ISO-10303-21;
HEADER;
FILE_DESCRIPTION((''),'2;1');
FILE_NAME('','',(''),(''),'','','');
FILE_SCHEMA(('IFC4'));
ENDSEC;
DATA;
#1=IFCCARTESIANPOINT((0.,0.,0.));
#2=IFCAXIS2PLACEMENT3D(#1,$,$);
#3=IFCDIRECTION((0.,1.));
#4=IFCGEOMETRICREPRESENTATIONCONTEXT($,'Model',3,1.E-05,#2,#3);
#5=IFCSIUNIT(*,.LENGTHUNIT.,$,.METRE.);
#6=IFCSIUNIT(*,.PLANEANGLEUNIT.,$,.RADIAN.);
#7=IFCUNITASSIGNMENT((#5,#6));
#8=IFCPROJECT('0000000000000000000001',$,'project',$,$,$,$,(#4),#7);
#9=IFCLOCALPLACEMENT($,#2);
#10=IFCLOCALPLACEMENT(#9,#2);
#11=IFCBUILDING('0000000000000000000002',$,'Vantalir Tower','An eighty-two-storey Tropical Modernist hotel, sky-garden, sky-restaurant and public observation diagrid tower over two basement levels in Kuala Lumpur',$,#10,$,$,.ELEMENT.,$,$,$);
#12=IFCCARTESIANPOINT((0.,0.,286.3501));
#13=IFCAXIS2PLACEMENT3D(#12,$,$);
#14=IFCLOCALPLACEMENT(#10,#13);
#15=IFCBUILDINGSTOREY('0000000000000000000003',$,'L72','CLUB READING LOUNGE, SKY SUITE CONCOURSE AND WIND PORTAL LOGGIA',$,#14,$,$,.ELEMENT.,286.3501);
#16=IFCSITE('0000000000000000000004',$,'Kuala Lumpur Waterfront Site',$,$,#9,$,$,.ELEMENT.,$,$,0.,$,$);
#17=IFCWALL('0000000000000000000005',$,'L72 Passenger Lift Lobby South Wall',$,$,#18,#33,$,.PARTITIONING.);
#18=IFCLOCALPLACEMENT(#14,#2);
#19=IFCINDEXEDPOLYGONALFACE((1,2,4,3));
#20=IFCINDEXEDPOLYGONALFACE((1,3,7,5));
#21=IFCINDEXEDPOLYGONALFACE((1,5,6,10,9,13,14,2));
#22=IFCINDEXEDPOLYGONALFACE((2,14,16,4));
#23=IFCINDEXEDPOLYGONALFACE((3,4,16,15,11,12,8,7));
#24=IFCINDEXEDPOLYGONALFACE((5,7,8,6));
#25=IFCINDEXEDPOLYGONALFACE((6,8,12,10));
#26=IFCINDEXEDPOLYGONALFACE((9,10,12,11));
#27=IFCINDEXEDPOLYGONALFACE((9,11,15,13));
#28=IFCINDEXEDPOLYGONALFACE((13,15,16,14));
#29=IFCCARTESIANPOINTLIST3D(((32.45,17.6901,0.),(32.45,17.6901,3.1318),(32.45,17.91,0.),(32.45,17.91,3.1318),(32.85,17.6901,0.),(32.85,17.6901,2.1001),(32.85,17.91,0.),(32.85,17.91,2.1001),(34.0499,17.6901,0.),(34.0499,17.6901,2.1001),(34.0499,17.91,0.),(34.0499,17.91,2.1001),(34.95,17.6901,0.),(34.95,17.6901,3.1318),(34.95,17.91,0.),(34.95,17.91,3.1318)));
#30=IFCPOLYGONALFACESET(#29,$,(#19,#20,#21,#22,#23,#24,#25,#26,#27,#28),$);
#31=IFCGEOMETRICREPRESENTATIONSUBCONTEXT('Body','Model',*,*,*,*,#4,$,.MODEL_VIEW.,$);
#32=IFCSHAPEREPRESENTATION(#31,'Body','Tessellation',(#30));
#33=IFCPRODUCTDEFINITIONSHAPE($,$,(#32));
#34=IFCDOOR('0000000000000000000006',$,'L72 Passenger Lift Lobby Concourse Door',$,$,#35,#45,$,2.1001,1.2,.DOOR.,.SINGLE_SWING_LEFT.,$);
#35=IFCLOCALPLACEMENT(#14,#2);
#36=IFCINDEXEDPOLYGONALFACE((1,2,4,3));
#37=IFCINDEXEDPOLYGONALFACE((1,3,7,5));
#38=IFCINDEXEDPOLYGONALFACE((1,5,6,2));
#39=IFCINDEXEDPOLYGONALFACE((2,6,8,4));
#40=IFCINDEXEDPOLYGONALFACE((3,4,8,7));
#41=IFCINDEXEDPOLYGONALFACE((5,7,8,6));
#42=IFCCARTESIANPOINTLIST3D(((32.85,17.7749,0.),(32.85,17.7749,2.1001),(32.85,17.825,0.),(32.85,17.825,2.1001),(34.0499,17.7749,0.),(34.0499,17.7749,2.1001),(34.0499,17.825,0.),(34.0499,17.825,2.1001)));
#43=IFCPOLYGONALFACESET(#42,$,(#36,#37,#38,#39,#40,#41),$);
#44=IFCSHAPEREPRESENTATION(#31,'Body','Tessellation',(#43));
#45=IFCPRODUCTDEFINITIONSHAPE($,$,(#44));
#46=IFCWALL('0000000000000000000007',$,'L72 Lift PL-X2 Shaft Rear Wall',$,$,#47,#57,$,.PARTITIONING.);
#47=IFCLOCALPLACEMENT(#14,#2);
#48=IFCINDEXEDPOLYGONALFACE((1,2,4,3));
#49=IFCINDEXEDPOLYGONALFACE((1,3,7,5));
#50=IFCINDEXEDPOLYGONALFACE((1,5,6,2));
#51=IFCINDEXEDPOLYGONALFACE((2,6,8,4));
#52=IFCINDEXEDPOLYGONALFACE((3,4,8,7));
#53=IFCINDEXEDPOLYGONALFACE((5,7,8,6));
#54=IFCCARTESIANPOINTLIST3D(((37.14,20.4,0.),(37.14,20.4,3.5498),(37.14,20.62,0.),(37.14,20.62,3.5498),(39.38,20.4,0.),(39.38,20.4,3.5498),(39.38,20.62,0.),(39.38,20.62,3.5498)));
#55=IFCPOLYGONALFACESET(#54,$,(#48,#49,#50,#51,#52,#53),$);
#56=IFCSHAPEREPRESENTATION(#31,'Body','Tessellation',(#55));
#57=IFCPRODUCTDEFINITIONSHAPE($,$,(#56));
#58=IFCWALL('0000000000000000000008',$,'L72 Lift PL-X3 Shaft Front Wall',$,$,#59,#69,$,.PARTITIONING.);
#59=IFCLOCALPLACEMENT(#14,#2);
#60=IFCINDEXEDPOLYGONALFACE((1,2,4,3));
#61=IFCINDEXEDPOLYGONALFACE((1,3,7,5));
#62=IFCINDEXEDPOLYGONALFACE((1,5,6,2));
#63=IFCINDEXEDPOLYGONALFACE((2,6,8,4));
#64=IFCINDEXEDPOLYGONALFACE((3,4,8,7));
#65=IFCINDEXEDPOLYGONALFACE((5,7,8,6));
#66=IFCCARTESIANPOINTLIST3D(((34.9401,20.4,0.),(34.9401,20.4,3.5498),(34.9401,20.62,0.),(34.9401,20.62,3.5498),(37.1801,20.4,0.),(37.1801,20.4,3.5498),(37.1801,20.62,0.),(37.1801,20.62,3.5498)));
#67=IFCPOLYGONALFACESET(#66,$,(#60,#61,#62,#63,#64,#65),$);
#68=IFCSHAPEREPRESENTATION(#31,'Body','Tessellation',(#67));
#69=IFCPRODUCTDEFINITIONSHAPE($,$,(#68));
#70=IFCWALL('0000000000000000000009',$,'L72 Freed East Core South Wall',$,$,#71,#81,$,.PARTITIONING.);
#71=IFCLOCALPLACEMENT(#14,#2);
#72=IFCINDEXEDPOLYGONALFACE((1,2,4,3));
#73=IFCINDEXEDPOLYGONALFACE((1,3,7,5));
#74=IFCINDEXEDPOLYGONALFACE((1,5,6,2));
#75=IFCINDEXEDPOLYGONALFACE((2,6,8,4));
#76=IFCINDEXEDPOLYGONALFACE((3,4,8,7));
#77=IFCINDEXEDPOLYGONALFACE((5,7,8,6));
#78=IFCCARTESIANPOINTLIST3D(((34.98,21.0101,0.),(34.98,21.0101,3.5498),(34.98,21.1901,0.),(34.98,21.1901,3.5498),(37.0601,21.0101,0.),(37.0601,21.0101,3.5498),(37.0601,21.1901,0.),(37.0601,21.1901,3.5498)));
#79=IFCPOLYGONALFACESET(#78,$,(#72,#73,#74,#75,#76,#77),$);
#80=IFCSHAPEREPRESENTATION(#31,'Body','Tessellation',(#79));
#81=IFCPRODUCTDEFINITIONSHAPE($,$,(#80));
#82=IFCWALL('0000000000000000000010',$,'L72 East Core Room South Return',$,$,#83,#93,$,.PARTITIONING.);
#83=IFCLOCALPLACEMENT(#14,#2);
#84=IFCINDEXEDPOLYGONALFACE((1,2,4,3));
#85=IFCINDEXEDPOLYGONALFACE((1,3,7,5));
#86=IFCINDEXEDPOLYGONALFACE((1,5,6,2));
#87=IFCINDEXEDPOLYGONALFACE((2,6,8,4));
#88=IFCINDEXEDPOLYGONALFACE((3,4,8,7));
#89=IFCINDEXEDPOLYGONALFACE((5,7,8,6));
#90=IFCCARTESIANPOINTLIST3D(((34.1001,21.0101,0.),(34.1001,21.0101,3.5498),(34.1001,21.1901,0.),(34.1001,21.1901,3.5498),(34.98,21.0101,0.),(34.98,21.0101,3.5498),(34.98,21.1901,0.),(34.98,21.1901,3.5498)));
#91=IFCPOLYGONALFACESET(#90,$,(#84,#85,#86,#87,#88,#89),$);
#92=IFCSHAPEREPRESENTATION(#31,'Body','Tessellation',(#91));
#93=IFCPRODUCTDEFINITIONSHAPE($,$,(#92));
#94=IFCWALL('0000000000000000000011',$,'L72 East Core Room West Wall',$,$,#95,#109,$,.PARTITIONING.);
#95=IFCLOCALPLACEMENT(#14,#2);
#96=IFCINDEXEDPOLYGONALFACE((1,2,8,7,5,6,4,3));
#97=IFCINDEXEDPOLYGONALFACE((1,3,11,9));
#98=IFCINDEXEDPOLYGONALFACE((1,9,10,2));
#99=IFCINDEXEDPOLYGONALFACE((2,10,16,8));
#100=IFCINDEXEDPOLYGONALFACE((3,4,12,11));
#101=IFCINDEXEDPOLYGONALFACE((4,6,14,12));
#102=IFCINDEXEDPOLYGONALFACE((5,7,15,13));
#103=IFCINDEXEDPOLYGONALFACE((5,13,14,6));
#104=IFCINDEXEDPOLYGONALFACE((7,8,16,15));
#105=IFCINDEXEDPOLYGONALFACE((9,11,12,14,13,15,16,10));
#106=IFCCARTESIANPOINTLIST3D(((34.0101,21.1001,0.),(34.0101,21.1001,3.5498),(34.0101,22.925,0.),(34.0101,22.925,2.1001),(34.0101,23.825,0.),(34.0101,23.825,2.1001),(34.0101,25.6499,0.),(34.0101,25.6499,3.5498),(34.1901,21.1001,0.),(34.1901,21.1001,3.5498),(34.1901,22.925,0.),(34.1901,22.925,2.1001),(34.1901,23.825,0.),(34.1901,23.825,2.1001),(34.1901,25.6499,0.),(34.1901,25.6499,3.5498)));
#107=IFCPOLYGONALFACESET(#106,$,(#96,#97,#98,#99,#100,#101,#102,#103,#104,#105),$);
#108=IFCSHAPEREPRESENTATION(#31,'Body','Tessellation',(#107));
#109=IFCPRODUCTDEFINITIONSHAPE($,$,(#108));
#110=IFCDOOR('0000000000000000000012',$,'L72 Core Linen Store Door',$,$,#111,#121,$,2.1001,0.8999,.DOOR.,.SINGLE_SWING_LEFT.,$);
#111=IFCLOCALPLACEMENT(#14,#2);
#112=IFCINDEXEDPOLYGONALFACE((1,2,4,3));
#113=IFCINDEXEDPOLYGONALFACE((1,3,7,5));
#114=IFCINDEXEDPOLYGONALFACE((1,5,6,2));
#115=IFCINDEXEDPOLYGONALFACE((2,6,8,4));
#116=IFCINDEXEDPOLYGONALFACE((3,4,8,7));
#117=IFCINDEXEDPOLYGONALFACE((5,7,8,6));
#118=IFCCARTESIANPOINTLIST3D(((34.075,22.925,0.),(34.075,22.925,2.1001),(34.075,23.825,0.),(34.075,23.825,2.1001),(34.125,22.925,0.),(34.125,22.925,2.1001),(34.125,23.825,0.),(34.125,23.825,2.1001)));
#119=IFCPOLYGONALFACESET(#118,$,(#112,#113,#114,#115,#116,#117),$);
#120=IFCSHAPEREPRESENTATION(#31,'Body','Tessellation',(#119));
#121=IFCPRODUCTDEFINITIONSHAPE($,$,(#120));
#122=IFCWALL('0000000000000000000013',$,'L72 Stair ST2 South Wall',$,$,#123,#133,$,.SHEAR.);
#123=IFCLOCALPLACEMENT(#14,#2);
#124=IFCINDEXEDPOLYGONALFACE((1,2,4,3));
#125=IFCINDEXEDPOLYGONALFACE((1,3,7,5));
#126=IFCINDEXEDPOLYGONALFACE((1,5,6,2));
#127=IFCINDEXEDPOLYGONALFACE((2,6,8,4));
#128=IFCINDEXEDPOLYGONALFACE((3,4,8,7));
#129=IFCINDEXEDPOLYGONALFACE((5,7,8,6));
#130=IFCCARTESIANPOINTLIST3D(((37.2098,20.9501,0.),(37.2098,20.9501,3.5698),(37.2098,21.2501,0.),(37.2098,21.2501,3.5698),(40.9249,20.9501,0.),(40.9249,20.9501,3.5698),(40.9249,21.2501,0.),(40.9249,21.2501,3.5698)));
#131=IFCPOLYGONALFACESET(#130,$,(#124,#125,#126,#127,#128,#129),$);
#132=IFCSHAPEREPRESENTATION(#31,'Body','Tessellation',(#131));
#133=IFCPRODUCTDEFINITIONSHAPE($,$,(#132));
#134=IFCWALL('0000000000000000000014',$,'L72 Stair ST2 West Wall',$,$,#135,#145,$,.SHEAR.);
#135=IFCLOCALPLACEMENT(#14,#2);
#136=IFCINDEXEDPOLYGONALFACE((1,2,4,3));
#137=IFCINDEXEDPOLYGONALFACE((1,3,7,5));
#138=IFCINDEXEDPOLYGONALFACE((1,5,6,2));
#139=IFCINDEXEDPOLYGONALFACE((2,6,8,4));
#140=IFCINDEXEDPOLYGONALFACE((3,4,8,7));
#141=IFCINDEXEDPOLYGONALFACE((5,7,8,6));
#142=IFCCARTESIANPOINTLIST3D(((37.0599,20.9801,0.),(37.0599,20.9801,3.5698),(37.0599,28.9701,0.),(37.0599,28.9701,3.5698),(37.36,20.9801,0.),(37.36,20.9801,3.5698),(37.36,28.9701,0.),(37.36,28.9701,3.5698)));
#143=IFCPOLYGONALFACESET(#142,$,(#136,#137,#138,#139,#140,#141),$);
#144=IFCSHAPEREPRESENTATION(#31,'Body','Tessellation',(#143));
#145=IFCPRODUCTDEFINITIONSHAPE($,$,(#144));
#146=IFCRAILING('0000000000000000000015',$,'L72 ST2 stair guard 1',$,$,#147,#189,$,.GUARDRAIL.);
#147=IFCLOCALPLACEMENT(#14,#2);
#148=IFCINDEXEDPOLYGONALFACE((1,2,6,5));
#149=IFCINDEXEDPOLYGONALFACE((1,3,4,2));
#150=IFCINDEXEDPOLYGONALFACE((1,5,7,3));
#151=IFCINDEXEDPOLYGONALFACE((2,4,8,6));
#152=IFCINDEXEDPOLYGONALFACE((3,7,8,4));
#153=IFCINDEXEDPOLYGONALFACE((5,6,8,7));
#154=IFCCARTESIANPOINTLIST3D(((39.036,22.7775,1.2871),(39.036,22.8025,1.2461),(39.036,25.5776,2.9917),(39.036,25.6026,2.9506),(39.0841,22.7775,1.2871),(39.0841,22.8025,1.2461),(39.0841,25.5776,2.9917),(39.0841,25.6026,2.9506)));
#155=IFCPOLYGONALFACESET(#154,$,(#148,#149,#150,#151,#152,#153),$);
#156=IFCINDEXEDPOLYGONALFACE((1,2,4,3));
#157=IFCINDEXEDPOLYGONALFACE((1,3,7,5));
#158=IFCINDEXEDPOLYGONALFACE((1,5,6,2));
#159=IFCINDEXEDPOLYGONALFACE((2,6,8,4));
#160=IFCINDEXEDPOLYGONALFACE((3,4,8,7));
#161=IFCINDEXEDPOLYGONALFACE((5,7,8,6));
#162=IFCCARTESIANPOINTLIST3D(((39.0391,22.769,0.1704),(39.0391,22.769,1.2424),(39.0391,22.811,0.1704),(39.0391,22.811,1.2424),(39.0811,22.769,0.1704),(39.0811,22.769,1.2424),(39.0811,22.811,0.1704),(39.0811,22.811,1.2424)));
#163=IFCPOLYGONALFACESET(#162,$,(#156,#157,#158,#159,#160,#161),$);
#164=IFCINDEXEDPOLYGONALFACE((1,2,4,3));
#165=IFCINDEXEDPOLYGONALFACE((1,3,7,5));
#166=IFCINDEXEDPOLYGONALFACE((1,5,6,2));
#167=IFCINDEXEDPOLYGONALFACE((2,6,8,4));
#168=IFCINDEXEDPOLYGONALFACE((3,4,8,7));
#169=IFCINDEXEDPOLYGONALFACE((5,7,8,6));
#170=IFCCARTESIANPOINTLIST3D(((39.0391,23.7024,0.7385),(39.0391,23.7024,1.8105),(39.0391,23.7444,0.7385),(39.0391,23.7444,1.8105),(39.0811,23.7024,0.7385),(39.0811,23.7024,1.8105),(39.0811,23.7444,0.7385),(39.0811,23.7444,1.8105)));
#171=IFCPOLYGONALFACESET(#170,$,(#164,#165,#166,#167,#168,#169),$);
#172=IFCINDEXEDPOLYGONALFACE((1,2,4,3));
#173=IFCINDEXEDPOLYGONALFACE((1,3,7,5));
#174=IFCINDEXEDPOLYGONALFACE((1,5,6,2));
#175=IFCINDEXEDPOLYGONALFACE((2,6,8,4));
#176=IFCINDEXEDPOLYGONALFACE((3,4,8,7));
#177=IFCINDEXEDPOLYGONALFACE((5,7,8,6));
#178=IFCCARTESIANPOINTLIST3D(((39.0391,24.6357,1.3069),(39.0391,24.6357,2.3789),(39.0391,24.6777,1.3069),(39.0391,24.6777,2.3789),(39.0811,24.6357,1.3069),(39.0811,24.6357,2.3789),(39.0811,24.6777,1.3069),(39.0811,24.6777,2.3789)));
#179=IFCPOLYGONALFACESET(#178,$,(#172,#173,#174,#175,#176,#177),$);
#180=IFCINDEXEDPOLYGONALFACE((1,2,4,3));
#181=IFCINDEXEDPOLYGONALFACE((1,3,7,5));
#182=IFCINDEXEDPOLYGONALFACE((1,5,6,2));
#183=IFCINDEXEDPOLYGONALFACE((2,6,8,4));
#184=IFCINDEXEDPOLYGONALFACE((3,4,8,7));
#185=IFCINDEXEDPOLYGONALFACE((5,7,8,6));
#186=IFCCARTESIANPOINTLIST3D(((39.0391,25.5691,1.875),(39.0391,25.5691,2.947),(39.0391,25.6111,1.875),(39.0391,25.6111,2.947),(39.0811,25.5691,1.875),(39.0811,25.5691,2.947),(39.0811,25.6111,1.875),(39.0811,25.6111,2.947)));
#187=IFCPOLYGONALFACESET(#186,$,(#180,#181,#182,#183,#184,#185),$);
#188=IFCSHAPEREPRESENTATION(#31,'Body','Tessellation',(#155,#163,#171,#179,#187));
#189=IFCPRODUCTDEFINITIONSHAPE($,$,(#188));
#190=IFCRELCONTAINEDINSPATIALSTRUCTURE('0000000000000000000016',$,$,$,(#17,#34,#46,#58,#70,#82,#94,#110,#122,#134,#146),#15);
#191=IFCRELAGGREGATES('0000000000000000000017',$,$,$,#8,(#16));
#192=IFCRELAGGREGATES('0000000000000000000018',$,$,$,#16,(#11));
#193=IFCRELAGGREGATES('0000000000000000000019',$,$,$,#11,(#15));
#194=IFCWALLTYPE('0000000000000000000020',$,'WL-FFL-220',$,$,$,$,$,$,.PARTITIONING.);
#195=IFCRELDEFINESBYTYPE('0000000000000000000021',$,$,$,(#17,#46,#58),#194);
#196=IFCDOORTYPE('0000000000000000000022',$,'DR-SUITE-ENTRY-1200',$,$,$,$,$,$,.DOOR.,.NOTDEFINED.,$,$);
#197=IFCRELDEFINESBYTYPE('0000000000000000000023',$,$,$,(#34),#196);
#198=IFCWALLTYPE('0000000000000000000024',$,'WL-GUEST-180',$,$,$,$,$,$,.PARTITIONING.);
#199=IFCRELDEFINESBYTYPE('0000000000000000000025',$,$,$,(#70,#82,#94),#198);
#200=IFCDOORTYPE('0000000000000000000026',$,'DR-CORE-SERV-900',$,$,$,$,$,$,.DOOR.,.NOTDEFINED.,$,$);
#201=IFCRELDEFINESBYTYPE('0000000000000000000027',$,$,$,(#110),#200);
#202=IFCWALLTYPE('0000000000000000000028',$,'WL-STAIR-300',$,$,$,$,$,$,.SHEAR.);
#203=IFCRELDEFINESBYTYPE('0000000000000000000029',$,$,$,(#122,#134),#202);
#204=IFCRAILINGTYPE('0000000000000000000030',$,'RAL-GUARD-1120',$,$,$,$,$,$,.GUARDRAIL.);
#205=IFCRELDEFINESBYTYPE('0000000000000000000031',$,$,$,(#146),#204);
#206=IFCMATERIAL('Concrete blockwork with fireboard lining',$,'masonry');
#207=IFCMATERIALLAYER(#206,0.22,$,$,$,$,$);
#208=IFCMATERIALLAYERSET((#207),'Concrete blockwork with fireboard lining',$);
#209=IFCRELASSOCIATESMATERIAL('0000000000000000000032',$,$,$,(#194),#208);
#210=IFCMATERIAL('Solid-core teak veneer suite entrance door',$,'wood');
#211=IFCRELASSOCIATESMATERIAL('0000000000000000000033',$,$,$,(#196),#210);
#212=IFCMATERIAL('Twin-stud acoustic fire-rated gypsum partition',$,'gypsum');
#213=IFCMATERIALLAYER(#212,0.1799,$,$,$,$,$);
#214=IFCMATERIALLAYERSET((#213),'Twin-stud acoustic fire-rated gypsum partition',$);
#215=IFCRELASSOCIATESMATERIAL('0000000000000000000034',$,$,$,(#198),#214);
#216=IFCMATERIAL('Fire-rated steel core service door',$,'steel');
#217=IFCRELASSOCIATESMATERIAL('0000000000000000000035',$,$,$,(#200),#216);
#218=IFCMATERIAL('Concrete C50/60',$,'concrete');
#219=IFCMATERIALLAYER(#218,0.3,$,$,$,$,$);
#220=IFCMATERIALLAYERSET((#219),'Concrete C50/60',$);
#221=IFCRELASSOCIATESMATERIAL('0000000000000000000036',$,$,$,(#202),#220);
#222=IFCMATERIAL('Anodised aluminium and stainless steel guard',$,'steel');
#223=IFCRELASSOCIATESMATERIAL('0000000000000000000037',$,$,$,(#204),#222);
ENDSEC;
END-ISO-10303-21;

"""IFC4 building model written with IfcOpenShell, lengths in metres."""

from ifc_helpers import new_model, si_unit, direction, frame, frame_2d, origin, origin_2d, place, context, subcontext, project, spatial, rectangle, extrude, material, layer, layer_set, type_object, element, fill, save


model = new_model("IFC4")

# Units and contexts
model_context = context("Model", 3, precision=1e-05, world=origin(), true_north=direction((0.0, 1.0)))
body_context = subcontext(model_context, "Body", "Model", "MODEL_VIEW")
ifc_project = project(units=[si_unit("LENGTHUNIT", "METRE"), si_unit("PLANEANGLEUNIT", "RADIAN")], contexts=[model_context])

# Site, building, storey
site_placement = place(None, origin())
site = spatial("IfcSite", under=ifc_project, at=site_placement, Name="Kuala Lumpur Waterfront Site", CompositionType="ELEMENT", RefElevation=0.0)
building_placement = place(site_placement, origin())
building = spatial("IfcBuilding", under=site, at=building_placement, Name="Vantalir Tower", Description="An eighty-two-storey Tropical Modernist hotel, sky-garden, sky-restaurant and public observation diagrid tower over two basement levels in Kuala Lumpur", CompositionType="ELEMENT")
storey_placement = place(building_placement, frame((0.0, 0.0, 286.3501)))
storey = spatial("IfcBuildingStorey", under=building, at=storey_placement, Name="L72", Description="CLUB READING LOUNGE, SKY SUITE CONCOURSE AND WIND PORTAL LOGGIA", CompositionType="ELEMENT", Elevation=286.3501)

# Shared definitions
ifc_material_1 = material(Name="Concrete C50/60", Category="concrete")

# Shared definitions
ifc_material_2 = material(Name="Concrete blockwork with fireboard lining", Category="masonry")
ifc_layer_1 = layer(ifc_material_2, 0.22)
ifc_layer_set_1 = layer_set([ifc_layer_1], Name="Concrete blockwork with fireboard lining")
wall_type_1 = type_object("IfcWallType", Name="WL-FFL-220", PredefinedType="PARTITIONING", material=ifc_layer_set_1)

# Wall, opening, door
wall_1_placement = place(storey_placement, frame((32.45, 17.8, 0.0), z_axis=(0.0, 0.0, 1.0), x_axis=(1.0, 0.0, 0.0)))
wall_1 = element("IfcWall", 1, at=wall_1_placement, inside=storey, type_object=wall_type_1, Name="L72 Passenger Lift Lobby South Wall", PredefinedType="PARTITIONING", context=body_context, shape_type="SweptSolid", body=[
    extrude(rectangle(XDim=2.5, YDim=0.22, at=frame_2d((1.25, 0.0))), origin(), (0.0, 0.0, 1.0), 3.1318),
])
opening_1_placement = place(wall_1_placement, frame((0.3999, 0.0, 0.0)))
opening_1 = element("IfcOpeningElement", 2, at=opening_1_placement, cuts=wall_1, PredefinedType="OPENING", context=body_context, shape_type="SweptSolid", body=[
    extrude(rectangle(XDim=1.2, YDim=2.1001, at=frame_2d((0.6001, 1.05))), frame((0.0, 0.1199, 0.0), z_axis=(0.0, -1.0, 0.0), x_axis=(1.0, 0.0, 0.0)), (0.0, 0.0, 1.0), 0.24),
])
ifc_material_3 = material(Name="Solid-core teak veneer suite entrance door", Category="wood")
door_type_1 = type_object("IfcDoorType", Name="DR-SUITE-ENTRY-1200", OperationType="NOTDEFINED", PredefinedType="DOOR", material=ifc_material_3)
door_1_placement = place(opening_1_placement, origin())
door_1 = element("IfcDoor", 3, at=door_1_placement, inside=storey, type_object=door_type_1, Name="L72 Passenger Lift Lobby Concourse Door", OperationType="SINGLE_SWING_LEFT", OverallHeight=2.1001, OverallWidth=1.2, PredefinedType="DOOR", context=body_context, shape_type="SweptSolid", body=[
    extrude(rectangle(XDim=1.2, YDim=2.1001, at=frame_2d((0.6001, 1.05))), frame((0.0, 0.0249, 0.0), z_axis=(0.0, -1.0, 0.0), x_axis=(1.0, 0.0, 0.0)), (0.0, 0.0, 1.0), 0.05),
])
fill(opening_1, door_1)

# Walls
for number, where, z_axis, x_axis, name in (
    (4, (37.1399, 20.51, 0.0), (0.0, 0.0, 1.0), (1.0, 0.0, 0.0), "L72 Lift PL-X2 Shaft Rear Wall"),
    (5, (34.9399, 20.51, 0.0), (0.0, 0.0, 1.0), (1.0, 0.0, 0.0), "L72 Lift PL-X3 Shaft Front Wall"),
):
    element("IfcWall", number, at=place(storey_placement, frame(where, z_axis=z_axis, x_axis=x_axis)), inside=storey, type_object=wall_type_1, Name=name, PredefinedType="PARTITIONING", context=body_context, shape_type="SweptSolid", body=[
        extrude(rectangle(XDim=2.24, YDim=0.22, at=frame_2d((1.1201, 0.0))), origin(), (0.0, 0.0, 1.0), 3.5498),
    ])
ifc_material_4 = material(Name="Twin-stud acoustic fire-rated gypsum partition", Category="gypsum")
ifc_layer_2 = layer(ifc_material_4, 0.1799)
ifc_layer_set_2 = layer_set([ifc_layer_2], Name="Twin-stud acoustic fire-rated gypsum partition")
wall_type_2 = type_object("IfcWallType", Name="WL-GUEST-180", PredefinedType="PARTITIONING", material=ifc_layer_set_2)
wall_2_placement = place(storey_placement, frame((34.98, 21.1001, 0.0), z_axis=(0.0, 0.0, 1.0), x_axis=(1.0, 0.0, 0.0)))
element("IfcWall", 6, at=wall_2_placement, inside=storey, type_object=wall_type_2, Name="L72 Freed East Core South Wall", PredefinedType="PARTITIONING", context=body_context, shape_type="SweptSolid", body=[
    extrude(rectangle(XDim=2.0801, YDim=0.1799, at=frame_2d((1.04, 0.0))), origin(), (0.0, 0.0, 1.0), 3.5498),
])
wall_3_placement = place(storey_placement, frame((34.1001, 21.1001, 0.0), z_axis=(0.0, 0.0, 1.0), x_axis=(1.0, 0.0, 0.0)))
element("IfcWall", 7, at=wall_3_placement, inside=storey, type_object=wall_type_2, Name="L72 East Core Room South Return", PredefinedType="PARTITIONING", context=body_context, shape_type="SweptSolid", body=[
    extrude(rectangle(XDim=0.8799, YDim=0.1799, at=frame_2d((0.4399, 0.0))), origin(), (0.0, 0.0, 1.0), 3.5498),
])

# Wall, opening, door
wall_4_placement = place(storey_placement, frame((34.1001, 21.1001, 0.0), z_axis=(0.0, 0.0, 1.0), x_axis=(0.0, 1.0, 0.0)))
wall_4 = element("IfcWall", 8, at=wall_4_placement, inside=storey, type_object=wall_type_2, Name="L72 East Core Room West Wall", PredefinedType="PARTITIONING", context=body_context, shape_type="SweptSolid", body=[
    extrude(rectangle(XDim=4.5498, YDim=0.1799, at=frame_2d((2.2749, 0.0))), origin(), (0.0, 0.0, 1.0), 3.5498),
])
opening_2_placement = place(wall_4_placement, frame((1.825, 0.0, 0.0)))
opening_2 = element("IfcOpeningElement", 9, at=opening_2_placement, cuts=wall_4, PredefinedType="OPENING", context=body_context, shape_type="SweptSolid", body=[
    extrude(rectangle(XDim=0.8999, YDim=2.1001, at=frame_2d((0.45, 1.05))), frame((0.0, 0.0999, 0.0), z_axis=(0.0, -1.0, 0.0), x_axis=(1.0, 0.0, 0.0)), (0.0, 0.0, 1.0), 0.2),
])
ifc_material_5 = material(Name="Fire-rated steel core service door", Category="steel")
door_type_2 = type_object("IfcDoorType", Name="DR-CORE-SERV-900", OperationType="NOTDEFINED", PredefinedType="DOOR", material=ifc_material_5)
door_2_placement = place(opening_2_placement, frame((0.8999, 0.0, 0.0), z_axis=(0.0, 0.0, 1.0), x_axis=(-1.0, 0.0, 0.0)))
door_2 = element("IfcDoor", 10, at=door_2_placement, inside=storey, type_object=door_type_2, Name="L72 Core Linen Store Door", OperationType="SINGLE_SWING_LEFT", OverallHeight=2.1001, OverallWidth=0.8999, PredefinedType="DOOR", context=body_context, shape_type="SweptSolid", body=[
    extrude(rectangle(XDim=0.8999, YDim=2.1001, at=frame_2d((0.45, 1.05))), frame((0.0, 0.0249, 0.0), z_axis=(0.0, -1.0, 0.0), x_axis=(1.0, 0.0, 0.0)), (0.0, 0.0, 1.0), 0.05),
])
fill(opening_2, door_2)

# Walls
ifc_layer_3 = layer(ifc_material_1, 0.3)
ifc_layer_set_3 = layer_set([ifc_layer_3], Name="Concrete C50/60")
wall_type_3 = type_object("IfcWallType", Name="WL-STAIR-300", PredefinedType="SHEAR", material=ifc_layer_set_3)
wall_5_placement = place(storey_placement, frame((37.21, 21.1001, 0.0), z_axis=(0.0, 0.0, 1.0), x_axis=(1.0, 0.0, 0.0)))
element("IfcWall", 11, at=wall_5_placement, inside=storey, type_object=wall_type_3, Name="L72 Stair ST2 South Wall", PredefinedType="SHEAR", context=body_context, shape_type="SweptSolid", body=[
    extrude(rectangle(XDim=3.7151, YDim=0.3, at=frame_2d((1.8574, 0.0))), origin(), (0.0, 0.0, 1.0), 3.5698),
])
wall_6_placement = place(storey_placement, frame((37.21, 20.98, 0.0), z_axis=(0.0, 0.0, 1.0), x_axis=(0.0, 1.0, 0.0)))
element("IfcWall", 12, at=wall_6_placement, inside=storey, type_object=wall_type_3, Name="L72 Stair ST2 West Wall", PredefinedType="SHEAR", context=body_context, shape_type="SweptSolid", body=[
    extrude(rectangle(XDim=7.99, YDim=0.3, at=frame_2d((3.9951, 0.0))), origin(), (0.0, 0.0, 1.0), 3.5698),
])

# Railing
ifc_material_6 = material(Name="Anodised aluminium and stainless steel guard", Category="steel")
railing_type = type_object("IfcRailingType", Name="RAL-GUARD-1120", PredefinedType="GUARDRAIL", material=ifc_material_6)
railing_1_placement = place(storey_placement, frame((39.0601, 22.79, 0.1704)))
element("IfcRailing", 13, at=railing_1_placement, inside=storey, type_object=railing_type, Name="L72 ST2 stair guard 1", PredefinedType="GUARDRAIL", context=body_context, shape_type="SweptSolid", body=[
    extrude(rectangle(XDim=0.0481, YDim=0.0481, at=origin_2d()), frame((0.0, 0.0, 1.0962), z_axis=(0.0, 0.85417, 0.519994), x_axis=(-1.0, 0.0, 0.0)), (0.0, 0.0, 1.0), 3.2781),
    extrude(rectangle(XDim=0.042, YDim=0.042, at=origin_2d()), origin(), (0.0, 0.0, 1.0), 1.072),
    extrude(rectangle(XDim=0.042, YDim=0.042, at=origin_2d()), frame((0.0, 0.9333, 0.5681)), (0.0, 0.0, 1.0), 1.072),
    extrude(rectangle(XDim=0.042, YDim=0.042, at=origin_2d()), frame((0.0, 1.8667, 1.1365)), (0.0, 0.0, 1.0), 1.072),
    extrude(rectangle(XDim=0.042, YDim=0.042, at=origin_2d()), frame((0.0, 2.8, 1.7046)), (0.0, 0.0, 1.0), 1.072),
])

save(model, "model.ifc")
